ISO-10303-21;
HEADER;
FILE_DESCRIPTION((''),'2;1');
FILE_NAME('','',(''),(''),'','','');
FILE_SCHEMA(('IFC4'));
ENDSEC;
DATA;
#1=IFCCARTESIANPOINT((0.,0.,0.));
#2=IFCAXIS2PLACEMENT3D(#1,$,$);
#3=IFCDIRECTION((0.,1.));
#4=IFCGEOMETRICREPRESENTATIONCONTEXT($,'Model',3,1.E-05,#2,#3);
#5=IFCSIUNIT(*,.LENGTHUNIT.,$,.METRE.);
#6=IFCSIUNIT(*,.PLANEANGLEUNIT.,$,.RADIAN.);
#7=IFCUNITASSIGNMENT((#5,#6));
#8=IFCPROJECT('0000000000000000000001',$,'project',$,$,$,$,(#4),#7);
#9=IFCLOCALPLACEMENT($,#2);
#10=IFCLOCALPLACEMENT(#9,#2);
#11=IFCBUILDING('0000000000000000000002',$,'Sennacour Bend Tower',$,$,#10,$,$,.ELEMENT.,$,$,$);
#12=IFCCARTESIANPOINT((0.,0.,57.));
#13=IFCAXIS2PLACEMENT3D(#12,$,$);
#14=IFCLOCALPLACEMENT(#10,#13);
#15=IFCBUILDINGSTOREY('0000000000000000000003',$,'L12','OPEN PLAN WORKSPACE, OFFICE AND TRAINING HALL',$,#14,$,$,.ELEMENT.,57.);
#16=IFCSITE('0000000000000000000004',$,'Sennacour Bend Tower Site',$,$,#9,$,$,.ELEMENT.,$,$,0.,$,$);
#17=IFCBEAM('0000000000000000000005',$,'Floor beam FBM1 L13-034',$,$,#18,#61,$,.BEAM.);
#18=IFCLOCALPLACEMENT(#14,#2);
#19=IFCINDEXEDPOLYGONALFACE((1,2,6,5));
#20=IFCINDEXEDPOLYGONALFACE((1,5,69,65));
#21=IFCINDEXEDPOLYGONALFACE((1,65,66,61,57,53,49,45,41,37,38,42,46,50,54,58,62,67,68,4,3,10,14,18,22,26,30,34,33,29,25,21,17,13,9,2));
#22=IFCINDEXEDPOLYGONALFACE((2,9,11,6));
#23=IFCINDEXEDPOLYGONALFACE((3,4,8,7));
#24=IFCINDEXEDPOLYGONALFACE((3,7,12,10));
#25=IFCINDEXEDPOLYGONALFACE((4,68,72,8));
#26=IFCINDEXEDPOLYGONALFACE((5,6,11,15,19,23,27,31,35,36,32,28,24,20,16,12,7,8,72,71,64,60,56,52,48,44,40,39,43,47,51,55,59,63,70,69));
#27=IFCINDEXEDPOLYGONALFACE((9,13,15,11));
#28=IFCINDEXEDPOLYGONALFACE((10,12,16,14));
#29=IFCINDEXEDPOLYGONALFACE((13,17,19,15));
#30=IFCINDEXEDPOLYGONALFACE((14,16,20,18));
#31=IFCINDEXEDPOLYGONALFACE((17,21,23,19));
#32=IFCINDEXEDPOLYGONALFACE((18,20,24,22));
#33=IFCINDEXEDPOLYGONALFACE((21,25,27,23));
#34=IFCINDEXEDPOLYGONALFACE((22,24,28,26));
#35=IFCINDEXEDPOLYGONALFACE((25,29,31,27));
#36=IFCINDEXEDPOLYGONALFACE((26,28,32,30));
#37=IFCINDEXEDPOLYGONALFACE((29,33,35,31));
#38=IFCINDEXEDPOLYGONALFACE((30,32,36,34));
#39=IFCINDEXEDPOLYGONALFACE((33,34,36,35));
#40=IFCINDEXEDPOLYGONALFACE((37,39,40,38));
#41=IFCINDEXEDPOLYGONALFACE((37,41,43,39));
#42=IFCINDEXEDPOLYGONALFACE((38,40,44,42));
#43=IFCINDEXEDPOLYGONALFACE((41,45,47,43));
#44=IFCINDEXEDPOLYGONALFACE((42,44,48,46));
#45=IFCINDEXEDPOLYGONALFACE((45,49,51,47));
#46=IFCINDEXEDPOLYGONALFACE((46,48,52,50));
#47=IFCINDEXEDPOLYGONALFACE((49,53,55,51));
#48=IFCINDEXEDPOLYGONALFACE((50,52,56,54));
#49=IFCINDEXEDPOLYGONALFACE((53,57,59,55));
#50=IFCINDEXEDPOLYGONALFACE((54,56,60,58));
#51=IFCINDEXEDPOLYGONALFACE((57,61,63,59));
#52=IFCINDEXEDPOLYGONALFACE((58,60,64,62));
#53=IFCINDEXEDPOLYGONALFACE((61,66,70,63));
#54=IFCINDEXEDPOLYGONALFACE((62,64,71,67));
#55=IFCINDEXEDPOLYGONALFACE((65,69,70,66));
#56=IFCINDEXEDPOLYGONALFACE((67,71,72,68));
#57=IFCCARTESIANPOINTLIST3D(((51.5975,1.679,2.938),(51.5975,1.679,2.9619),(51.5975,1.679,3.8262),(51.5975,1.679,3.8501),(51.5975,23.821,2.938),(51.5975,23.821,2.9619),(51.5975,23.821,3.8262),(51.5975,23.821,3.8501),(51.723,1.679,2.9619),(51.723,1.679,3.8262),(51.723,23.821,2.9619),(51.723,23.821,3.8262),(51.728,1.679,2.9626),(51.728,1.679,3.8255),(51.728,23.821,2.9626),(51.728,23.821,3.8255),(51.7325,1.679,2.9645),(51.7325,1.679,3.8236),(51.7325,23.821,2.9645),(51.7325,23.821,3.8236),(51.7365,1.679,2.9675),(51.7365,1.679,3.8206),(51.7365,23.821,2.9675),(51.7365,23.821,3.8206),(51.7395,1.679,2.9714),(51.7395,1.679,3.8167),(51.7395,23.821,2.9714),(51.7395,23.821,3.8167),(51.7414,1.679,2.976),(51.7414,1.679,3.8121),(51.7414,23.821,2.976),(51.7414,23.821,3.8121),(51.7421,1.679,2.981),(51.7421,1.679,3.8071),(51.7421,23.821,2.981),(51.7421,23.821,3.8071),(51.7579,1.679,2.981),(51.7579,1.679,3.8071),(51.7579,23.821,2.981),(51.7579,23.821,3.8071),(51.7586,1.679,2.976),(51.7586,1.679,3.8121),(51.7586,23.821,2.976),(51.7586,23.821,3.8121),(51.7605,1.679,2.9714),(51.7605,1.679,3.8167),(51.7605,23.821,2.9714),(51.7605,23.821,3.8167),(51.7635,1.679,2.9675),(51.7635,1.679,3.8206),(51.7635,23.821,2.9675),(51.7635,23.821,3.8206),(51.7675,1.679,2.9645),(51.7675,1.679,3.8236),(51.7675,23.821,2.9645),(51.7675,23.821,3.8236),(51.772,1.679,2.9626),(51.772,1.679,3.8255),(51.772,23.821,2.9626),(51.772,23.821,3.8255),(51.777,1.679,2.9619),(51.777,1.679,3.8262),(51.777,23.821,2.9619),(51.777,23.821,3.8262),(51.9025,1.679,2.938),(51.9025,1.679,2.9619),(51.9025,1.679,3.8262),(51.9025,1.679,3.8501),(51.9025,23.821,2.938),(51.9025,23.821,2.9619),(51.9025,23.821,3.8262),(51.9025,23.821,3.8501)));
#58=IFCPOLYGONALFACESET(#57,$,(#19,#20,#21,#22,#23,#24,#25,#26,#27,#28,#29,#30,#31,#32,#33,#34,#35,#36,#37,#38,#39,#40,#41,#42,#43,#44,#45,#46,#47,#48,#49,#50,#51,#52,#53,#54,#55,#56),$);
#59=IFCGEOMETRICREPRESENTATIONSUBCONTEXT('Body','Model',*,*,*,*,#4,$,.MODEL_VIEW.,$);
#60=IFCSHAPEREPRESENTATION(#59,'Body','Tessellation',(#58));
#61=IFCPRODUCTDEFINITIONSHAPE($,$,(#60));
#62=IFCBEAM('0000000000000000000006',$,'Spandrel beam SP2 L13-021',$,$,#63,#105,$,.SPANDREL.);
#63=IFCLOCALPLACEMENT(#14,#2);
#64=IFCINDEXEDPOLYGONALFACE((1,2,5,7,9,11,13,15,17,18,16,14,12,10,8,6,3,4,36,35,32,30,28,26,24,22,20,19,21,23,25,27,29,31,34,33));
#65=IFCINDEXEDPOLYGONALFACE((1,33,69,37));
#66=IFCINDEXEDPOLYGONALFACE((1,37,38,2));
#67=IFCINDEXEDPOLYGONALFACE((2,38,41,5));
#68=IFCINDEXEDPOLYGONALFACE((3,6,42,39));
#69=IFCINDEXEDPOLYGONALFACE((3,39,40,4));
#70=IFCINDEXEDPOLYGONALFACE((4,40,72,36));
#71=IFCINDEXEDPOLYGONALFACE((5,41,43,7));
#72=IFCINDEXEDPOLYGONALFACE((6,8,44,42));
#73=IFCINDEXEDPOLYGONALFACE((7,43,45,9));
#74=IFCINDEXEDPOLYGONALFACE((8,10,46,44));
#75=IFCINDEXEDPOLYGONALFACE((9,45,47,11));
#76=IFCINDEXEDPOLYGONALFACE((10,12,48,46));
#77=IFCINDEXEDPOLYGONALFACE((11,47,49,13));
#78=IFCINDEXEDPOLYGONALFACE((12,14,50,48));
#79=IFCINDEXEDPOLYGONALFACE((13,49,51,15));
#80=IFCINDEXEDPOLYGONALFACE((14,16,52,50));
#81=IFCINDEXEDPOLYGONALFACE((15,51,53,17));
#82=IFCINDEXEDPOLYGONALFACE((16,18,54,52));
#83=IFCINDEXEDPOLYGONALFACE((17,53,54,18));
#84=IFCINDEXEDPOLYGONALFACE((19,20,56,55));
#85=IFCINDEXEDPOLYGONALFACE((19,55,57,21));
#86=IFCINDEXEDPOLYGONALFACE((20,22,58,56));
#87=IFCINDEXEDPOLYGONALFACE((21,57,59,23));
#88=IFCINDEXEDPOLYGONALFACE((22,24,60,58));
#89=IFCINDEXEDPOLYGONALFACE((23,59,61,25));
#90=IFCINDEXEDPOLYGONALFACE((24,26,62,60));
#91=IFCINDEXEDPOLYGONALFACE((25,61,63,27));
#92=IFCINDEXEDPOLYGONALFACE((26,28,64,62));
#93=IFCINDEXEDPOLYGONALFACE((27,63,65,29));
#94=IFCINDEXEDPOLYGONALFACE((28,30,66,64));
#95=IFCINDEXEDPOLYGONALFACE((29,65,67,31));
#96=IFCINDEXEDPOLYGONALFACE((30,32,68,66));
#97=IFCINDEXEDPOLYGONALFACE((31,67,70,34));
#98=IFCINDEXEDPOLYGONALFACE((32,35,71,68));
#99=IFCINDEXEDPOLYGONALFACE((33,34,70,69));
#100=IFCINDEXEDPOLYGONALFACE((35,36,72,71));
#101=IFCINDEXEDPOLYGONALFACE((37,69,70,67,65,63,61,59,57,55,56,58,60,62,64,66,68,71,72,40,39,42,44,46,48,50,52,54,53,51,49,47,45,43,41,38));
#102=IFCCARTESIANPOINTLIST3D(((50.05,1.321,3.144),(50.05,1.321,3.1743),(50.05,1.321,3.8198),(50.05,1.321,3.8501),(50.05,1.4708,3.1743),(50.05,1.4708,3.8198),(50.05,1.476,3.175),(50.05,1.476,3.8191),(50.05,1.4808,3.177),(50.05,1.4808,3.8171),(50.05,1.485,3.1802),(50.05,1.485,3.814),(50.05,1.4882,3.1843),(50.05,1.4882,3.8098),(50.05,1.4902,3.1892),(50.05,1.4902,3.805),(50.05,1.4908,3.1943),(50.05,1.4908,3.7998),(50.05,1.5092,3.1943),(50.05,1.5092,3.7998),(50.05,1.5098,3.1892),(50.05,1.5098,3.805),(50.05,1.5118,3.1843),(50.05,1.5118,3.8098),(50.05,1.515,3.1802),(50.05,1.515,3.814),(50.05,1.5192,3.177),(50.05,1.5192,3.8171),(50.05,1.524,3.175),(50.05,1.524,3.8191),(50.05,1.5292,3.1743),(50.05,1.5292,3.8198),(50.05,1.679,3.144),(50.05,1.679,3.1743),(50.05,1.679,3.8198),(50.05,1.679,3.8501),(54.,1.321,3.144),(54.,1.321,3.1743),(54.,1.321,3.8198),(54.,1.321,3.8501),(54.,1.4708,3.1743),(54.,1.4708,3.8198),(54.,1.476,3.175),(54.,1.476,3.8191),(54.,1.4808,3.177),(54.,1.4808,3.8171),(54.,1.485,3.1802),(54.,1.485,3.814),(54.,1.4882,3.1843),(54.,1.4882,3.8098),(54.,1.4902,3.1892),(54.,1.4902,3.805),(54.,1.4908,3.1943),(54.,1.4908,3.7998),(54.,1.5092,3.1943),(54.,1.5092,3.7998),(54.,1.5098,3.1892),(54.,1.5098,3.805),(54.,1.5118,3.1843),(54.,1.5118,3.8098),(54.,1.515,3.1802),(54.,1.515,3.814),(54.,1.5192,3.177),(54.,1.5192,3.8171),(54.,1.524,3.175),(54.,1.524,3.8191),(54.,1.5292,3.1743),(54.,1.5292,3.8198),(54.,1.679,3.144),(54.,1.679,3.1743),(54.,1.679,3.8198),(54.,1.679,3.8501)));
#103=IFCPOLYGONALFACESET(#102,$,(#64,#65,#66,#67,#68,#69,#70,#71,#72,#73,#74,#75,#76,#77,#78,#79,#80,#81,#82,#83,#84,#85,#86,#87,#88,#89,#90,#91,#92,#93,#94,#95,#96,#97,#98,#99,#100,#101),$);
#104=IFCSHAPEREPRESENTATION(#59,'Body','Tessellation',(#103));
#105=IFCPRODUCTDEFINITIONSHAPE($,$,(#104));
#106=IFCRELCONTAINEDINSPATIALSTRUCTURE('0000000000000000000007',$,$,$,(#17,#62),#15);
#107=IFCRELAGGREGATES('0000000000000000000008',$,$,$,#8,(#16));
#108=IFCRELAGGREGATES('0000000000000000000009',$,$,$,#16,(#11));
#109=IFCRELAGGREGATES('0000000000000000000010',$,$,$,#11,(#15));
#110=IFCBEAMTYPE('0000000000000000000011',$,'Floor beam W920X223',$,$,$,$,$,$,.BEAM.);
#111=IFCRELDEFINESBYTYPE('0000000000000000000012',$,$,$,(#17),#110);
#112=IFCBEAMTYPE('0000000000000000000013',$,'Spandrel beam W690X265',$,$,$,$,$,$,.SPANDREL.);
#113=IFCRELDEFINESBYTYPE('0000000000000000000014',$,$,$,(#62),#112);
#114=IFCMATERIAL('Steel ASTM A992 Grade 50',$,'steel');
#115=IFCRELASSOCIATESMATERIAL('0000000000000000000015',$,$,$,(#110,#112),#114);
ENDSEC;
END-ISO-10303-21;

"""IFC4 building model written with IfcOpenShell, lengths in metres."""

from ifc_helpers import new_model, si_unit, direction, frame, origin, origin_2d, place, context, subcontext, project, spatial, i_section, extrude, material, material_profile, profile_set, type_object, element, save


model = new_model("IFC4")

# Units and contexts
model_context = context("Model", 3, precision=1e-05, world=origin(), true_north=direction((0.0, 1.0)))
body_context = subcontext(model_context, "Body", "Model", "MODEL_VIEW")
ifc_project = project(units=[si_unit("LENGTHUNIT", "METRE"), si_unit("PLANEANGLEUNIT", "RADIAN")], contexts=[model_context])

# Site, building, storey
site_placement = place(None, origin())
site = spatial("IfcSite", under=ifc_project, at=site_placement, Name="Sennacour Bend Tower Site", CompositionType="ELEMENT", RefElevation=0.0)
building_placement = place(site_placement, origin())
building = spatial("IfcBuilding", under=site, at=building_placement, Name="Sennacour Bend Tower", CompositionType="ELEMENT")
storey_placement = place(building_placement, frame((0.0, 0.0, 57.0)))
storey = spatial("IfcBuildingStorey", under=building, at=storey_placement, Name="L12", Description="OPEN PLAN WORKSPACE, OFFICE AND TRAINING HALL", CompositionType="ELEMENT", Elevation=57.0)

# Beams
ifc_material_1 = material(Name="Steel ASTM A992 Grade 50", Category="steel")
ifc_material_profile_1 = material_profile(ifc_material_1, i_section(OverallWidth=0.3049, OverallDepth=0.9121, WebThickness=0.0159, FlangeThickness=0.0239, FilletRadius=0.019, at=origin_2d()), Name="Steel ASTM A992 Grade 50", Category="steel")
ifc_profile_set_1 = profile_set([ifc_material_profile_1], Name="Steel ASTM A992 Grade 50")
beam_type_1 = type_object("IfcBeamType", Name="Floor beam W920X223", PredefinedType="BEAM", material=ifc_profile_set_1)
beam_1_placement = place(storey_placement, frame((51.75, 1.679, 3.394), z_axis=(0.0, 1.0, 0.0), x_axis=(-1.0, 0.0, 0.0)))
element("IfcBeam", 1, at=beam_1_placement, inside=storey, type_object=beam_type_1, Name="Floor beam FBM1 L13-034", PredefinedType="BEAM", context=body_context, shape_type="SweptSolid", body=[
    extrude(i_section(OverallWidth=0.3049, OverallDepth=0.9121, WebThickness=0.0159, FlangeThickness=0.0239, FilletRadius=0.019, at=origin_2d()), origin(), (0.0, 0.0, 1.0), 22.1421),
])
ifc_material_profile_2 = material_profile(ifc_material_1, i_section(OverallWidth=0.3579, OverallDepth=0.7061, WebThickness=0.0183, FlangeThickness=0.0303, FilletRadius=0.02, at=origin_2d()), Name="Steel ASTM A992 Grade 50", Category="steel")
ifc_profile_set_2 = profile_set([ifc_material_profile_2], Name="Steel ASTM A992 Grade 50")
beam_type_2 = type_object("IfcBeamType", Name="Spandrel beam W690X265", PredefinedType="SPANDREL", material=ifc_profile_set_2)
beam_2_placement = place(storey_placement, frame((54.0, 1.5, 3.4971), z_axis=(-1.0, 0.0, 0.0), x_axis=(0.0, -1.0, 0.0)))
element("IfcBeam", 2, at=beam_2_placement, inside=storey, type_object=beam_type_2, Name="Spandrel beam SP2 L13-021", PredefinedType="SPANDREL", context=body_context, shape_type="SweptSolid", body=[
    extrude(i_section(OverallWidth=0.3579, OverallDepth=0.7061, WebThickness=0.0183, FlangeThickness=0.0303, FilletRadius=0.02, at=origin_2d()), origin(), (0.0, 0.0, 1.0), 3.95),
])

save(model, "model.ifc")
